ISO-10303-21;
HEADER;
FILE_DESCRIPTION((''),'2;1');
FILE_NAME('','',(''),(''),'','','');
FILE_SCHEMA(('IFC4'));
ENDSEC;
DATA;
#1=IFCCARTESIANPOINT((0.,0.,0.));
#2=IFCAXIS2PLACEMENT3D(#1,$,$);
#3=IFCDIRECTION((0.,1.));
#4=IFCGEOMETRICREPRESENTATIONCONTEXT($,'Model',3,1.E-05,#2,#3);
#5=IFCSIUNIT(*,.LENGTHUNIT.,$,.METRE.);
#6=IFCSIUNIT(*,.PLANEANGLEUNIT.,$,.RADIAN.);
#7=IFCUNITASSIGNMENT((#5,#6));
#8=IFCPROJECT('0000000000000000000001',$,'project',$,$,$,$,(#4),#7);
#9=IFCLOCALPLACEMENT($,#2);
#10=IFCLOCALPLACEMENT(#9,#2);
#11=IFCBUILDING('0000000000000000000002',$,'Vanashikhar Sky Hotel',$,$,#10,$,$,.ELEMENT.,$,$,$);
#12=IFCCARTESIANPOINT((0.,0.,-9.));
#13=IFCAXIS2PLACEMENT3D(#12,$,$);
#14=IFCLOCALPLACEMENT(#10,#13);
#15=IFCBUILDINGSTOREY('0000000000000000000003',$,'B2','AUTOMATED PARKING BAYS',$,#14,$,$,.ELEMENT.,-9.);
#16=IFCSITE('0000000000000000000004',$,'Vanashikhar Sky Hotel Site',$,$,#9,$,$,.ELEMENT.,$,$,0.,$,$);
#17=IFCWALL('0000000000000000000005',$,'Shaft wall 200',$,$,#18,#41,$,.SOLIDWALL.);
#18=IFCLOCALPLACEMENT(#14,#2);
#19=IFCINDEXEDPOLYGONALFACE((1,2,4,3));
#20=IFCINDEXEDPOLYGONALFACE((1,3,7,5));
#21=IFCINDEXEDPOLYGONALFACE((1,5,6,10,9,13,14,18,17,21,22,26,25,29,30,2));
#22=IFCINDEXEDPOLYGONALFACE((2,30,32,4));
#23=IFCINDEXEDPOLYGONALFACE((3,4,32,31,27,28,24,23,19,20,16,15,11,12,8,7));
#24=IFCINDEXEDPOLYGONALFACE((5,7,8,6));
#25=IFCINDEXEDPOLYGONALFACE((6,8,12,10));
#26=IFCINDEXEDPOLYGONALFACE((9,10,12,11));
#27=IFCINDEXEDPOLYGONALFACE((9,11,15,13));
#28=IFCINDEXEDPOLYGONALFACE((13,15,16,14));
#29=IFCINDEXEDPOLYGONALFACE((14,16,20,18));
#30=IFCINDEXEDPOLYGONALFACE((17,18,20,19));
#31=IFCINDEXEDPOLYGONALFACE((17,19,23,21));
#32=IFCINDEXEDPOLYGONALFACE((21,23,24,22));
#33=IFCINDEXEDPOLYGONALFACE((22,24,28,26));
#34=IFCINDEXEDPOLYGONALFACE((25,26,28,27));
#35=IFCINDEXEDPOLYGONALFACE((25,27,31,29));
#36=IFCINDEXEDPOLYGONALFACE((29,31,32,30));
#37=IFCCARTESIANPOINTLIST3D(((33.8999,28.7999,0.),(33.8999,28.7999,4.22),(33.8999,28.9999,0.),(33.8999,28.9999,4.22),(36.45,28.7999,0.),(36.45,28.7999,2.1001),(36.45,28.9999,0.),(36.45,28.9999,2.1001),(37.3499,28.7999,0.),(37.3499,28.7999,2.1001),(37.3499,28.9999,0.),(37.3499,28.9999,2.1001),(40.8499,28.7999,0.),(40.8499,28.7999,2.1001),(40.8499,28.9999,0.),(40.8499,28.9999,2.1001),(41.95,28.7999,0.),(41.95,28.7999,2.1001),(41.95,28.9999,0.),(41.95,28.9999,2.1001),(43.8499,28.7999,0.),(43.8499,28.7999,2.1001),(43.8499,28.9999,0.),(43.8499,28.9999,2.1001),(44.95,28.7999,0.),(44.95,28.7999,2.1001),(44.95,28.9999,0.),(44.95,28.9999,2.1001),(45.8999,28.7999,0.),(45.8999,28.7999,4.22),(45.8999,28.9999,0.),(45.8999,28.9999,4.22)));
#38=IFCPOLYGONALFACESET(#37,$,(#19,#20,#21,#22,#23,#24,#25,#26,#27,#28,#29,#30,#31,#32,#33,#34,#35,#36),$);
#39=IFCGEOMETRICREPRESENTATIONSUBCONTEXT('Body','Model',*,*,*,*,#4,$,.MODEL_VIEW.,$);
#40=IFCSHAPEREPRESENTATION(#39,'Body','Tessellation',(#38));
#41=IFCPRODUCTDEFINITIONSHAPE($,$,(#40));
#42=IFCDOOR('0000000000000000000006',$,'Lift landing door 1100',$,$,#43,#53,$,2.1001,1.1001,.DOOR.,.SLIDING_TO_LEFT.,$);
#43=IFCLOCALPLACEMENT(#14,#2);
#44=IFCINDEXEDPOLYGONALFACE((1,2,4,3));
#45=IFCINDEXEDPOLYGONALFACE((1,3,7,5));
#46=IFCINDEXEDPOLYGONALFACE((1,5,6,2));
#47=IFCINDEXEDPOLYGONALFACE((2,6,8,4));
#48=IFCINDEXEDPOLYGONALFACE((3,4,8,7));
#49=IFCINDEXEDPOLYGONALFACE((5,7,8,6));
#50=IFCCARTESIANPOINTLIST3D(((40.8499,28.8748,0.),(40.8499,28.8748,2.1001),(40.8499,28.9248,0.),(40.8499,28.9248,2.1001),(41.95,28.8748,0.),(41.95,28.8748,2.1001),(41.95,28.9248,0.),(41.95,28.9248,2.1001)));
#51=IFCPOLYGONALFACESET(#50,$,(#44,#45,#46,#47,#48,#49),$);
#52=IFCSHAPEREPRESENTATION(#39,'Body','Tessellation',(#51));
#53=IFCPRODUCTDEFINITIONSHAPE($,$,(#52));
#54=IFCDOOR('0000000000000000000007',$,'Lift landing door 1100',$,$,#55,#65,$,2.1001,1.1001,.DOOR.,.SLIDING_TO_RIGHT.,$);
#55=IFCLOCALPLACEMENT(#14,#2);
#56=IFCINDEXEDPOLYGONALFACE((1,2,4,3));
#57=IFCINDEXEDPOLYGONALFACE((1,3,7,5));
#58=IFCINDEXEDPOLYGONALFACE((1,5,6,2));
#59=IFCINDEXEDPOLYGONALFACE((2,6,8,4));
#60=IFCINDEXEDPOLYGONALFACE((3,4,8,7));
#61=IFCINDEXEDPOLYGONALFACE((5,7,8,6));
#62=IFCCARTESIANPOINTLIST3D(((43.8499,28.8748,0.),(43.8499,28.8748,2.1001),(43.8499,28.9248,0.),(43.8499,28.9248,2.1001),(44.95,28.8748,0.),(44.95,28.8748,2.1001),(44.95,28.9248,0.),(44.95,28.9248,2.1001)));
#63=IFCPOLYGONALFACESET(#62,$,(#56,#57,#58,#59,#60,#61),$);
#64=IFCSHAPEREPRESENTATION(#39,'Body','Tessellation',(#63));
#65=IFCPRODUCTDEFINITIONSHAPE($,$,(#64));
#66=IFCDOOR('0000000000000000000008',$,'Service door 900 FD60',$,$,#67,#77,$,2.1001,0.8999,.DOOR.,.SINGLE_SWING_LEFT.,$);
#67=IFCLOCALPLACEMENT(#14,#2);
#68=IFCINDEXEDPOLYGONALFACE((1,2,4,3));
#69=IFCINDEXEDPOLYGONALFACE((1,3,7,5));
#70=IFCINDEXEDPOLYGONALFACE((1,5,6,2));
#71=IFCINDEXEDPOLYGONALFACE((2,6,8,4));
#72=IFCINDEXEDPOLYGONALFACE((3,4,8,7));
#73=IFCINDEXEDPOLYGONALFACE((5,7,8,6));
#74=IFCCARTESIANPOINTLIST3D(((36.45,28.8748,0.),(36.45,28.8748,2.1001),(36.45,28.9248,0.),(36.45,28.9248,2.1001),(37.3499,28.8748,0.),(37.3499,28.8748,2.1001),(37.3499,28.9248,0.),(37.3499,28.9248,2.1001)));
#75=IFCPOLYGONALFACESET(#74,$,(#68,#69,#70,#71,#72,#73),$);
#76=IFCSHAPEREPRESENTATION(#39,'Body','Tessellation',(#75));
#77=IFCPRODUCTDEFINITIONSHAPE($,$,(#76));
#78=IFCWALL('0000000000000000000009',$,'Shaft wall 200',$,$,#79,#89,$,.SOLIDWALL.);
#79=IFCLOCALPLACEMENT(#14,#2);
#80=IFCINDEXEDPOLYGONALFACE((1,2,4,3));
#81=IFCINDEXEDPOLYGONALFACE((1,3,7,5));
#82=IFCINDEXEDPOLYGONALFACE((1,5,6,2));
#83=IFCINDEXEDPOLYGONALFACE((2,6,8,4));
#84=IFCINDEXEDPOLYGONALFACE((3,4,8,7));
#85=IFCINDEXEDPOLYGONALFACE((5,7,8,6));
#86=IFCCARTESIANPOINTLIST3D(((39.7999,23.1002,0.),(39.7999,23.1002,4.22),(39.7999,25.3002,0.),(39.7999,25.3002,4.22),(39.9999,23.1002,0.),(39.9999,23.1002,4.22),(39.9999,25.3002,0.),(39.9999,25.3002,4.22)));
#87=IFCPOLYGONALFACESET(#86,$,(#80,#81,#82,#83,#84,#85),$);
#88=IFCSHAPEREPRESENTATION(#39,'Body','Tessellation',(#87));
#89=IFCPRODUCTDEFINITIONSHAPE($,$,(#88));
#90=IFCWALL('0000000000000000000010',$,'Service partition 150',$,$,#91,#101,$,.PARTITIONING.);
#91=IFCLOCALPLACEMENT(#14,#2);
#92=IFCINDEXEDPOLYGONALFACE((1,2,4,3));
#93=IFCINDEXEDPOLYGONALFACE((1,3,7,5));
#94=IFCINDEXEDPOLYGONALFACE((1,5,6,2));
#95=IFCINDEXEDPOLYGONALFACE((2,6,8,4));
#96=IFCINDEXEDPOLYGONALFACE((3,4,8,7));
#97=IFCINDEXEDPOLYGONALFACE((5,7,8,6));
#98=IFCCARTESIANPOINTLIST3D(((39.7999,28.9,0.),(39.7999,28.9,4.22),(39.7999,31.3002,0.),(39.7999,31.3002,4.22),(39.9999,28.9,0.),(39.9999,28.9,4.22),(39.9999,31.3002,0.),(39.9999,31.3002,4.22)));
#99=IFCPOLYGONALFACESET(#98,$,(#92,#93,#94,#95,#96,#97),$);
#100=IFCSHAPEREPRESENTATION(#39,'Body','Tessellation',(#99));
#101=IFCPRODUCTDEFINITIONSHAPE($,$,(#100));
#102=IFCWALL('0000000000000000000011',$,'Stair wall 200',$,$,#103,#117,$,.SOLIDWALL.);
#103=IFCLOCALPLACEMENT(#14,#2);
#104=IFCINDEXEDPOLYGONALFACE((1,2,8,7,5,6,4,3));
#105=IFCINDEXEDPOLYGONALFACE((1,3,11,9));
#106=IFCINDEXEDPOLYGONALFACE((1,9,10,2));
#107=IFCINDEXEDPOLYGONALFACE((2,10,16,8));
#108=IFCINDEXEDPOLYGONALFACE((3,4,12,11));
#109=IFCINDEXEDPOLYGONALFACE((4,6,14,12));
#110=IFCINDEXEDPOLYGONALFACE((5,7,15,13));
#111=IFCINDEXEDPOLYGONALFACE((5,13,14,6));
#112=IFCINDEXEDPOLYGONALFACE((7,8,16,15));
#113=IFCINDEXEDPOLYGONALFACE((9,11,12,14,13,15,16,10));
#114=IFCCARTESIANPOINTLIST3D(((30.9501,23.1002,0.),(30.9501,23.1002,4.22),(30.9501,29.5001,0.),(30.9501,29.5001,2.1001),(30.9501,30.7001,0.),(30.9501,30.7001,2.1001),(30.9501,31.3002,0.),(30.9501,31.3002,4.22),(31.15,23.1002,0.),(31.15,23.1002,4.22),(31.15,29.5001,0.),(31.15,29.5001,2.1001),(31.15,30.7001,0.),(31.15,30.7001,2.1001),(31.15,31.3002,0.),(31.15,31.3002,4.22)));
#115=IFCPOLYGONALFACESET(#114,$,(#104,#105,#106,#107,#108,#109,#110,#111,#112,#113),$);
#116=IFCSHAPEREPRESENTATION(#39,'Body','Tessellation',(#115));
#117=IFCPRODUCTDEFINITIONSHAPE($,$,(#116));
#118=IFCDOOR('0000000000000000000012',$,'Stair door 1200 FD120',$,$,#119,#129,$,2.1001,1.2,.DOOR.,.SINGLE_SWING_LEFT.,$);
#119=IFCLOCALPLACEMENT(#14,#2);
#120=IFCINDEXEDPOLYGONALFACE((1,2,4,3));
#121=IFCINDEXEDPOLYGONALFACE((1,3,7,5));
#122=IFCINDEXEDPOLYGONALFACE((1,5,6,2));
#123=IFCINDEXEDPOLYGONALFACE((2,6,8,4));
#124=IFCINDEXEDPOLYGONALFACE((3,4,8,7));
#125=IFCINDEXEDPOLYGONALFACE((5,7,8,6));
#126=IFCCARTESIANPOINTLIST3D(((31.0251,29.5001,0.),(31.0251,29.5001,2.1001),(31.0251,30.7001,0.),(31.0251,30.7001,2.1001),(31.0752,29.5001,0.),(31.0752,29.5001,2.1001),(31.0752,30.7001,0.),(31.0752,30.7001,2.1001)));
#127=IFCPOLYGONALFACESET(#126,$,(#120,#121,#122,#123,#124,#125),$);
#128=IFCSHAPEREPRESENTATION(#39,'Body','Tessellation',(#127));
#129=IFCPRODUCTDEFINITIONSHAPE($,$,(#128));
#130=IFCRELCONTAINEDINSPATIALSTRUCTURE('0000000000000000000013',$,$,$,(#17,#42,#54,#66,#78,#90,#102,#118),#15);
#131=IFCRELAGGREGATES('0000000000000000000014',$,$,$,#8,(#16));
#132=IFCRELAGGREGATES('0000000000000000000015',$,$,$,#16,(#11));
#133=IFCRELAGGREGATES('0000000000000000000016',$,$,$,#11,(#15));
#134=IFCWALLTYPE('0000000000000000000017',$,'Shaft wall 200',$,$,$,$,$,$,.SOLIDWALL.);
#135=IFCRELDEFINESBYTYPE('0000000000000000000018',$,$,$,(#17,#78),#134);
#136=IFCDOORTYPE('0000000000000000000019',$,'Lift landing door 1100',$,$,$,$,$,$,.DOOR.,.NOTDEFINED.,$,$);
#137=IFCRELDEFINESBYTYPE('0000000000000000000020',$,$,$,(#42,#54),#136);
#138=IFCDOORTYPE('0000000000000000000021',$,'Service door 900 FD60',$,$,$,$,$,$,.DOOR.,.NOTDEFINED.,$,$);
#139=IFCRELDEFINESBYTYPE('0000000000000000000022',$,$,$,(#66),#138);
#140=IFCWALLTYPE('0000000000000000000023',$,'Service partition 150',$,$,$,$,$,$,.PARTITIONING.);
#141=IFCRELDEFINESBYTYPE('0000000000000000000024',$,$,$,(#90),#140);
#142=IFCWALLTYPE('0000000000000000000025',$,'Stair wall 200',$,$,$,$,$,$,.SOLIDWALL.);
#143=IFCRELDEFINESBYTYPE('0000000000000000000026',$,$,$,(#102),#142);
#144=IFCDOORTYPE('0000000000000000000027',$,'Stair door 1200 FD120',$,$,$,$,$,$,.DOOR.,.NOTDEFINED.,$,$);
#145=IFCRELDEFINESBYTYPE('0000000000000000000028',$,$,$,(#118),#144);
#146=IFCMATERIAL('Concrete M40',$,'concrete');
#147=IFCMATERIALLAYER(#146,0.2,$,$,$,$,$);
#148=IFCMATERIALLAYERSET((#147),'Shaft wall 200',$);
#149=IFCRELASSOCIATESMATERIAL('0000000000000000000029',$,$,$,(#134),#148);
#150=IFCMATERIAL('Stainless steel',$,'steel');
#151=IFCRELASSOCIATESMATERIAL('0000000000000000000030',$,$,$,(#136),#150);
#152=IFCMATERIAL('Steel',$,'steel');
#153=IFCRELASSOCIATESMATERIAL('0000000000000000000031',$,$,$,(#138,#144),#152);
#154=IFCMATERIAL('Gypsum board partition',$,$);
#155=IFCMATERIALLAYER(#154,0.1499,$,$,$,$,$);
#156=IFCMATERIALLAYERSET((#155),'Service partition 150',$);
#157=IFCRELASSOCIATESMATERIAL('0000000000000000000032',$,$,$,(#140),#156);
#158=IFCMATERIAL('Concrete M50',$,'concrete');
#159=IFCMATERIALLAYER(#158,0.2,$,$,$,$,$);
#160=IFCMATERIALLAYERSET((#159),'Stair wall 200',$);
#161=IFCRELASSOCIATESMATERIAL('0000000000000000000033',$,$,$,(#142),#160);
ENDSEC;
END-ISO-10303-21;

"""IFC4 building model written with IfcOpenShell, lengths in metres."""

from ifc_helpers import new_model, si_unit, direction, frame, frame_2d, origin, place, context, subcontext, project, spatial, rectangle, extrude, source, transform, mapped, material, layer, layer_set, type_object, element, fill, save


model = new_model("IFC4")

# Units and contexts
model_context = context("Model", 3, precision=1e-05, world=origin(), true_north=direction((0.0, 1.0)))
body_context = subcontext(model_context, "Body", "Model", "MODEL_VIEW")
ifc_project = project(units=[si_unit("LENGTHUNIT", "METRE"), si_unit("PLANEANGLEUNIT", "RADIAN")], contexts=[model_context])

# Site, building, storey
site_placement = place(None, origin())
site = spatial("IfcSite", under=ifc_project, at=site_placement, Name="Vanashikhar Sky Hotel Site", CompositionType="ELEMENT", RefElevation=0.0)
building_placement = place(site_placement, origin())
building = spatial("IfcBuilding", under=site, at=building_placement, Name="Vanashikhar Sky Hotel", CompositionType="ELEMENT")
storey_placement = place(building_placement, frame((0.0, 0.0, -9.0)))
storey = spatial("IfcBuildingStorey", under=building, at=storey_placement, Name="B2", Description="AUTOMATED PARKING BAYS", CompositionType="ELEMENT", Elevation=-9.0)

# Shared definitions
ifc_material_1 = material(Name="Steel", Category="steel")
shared_shape_1 = source(origin(), body_context, "Body", "SweptSolid", [
    extrude(rectangle(XDim=1.1001, YDim=2.1001, at=frame_2d((0.55, 1.05))), frame((0.0, 0.0249, 0.0), z_axis=(0.0, -1.0, 0.0), x_axis=(1.0, 0.0, 0.0)), (0.0, 0.0, 1.0), 0.05),
])

# Wall, openings, doors
ifc_material_2 = material(Name="Concrete M40", Category="concrete")
ifc_layer_1 = layer(ifc_material_2, 0.2)
ifc_layer_set_1 = layer_set([ifc_layer_1], Name="Shaft wall 200")
wall_type_1 = type_object("IfcWallType", Name="Shaft wall 200", PredefinedType="SOLIDWALL", material=ifc_layer_set_1)
shared_shape_2 = source(origin(), body_context, "Body", "SweptSolid", [
    extrude(rectangle(XDim=1.1001, YDim=2.1001, at=frame_2d((0.55, 1.05))), frame((0.0, 0.1099, 0.0), z_axis=(0.0, -1.0, 0.0), x_axis=(1.0, 0.0, 0.0)), (0.0, 0.0, 1.0), 0.22),
])
ifc_material_3 = material(Name="Stainless steel", Category="steel")
door_type_1 = type_object("IfcDoorType", Name="Lift landing door 1100", OperationType="NOTDEFINED", PredefinedType="DOOR", material=ifc_material_3)
shared_shape_3 = source(origin(), body_context, "Body", "SweptSolid", [
    extrude(rectangle(XDim=12.0, YDim=0.2, at=frame_2d((6.0, 0.0))), origin(), (0.0, 0.0, 1.0), 4.22),
])
wall_1_placement = place(storey_placement, frame((33.8999, 28.8999, 0.0), z_axis=(0.0, 0.0, 1.0), x_axis=(1.0, 0.0, 0.0)))
wall_1 = element("IfcWall", 1, at=wall_1_placement, inside=storey, type_object=wall_type_1, Name="Shaft wall 200", PredefinedType="SOLIDWALL", context=body_context, shape_type="MappedRepresentation", body=[
    mapped(shared_shape_3, transform((0.0, 0.0, 0.0), scale=1.0)),
])
opening_1_placement = place(wall_1_placement, frame((6.95, 0.0, 0.0)))
opening_1 = element("IfcOpeningElement", 2, at=opening_1_placement, cuts=wall_1, PredefinedType="OPENING", context=body_context, shape_type="MappedRepresentation", body=[
    mapped(shared_shape_2, transform((0.0, 0.0, 0.0), scale=1.0)),
])
opening_2_placement = place(wall_1_placement, frame((9.95, 0.0, 0.0)))
opening_2 = element("IfcOpeningElement", 3, at=opening_2_placement, cuts=wall_1, PredefinedType="OPENING", context=body_context, shape_type="MappedRepresentation", body=[
    mapped(shared_shape_2, transform((0.0, 0.0, 0.0), scale=1.0)),
])
shared_shape_4 = source(origin(), body_context, "Body", "SweptSolid", [
    extrude(rectangle(XDim=0.8999, YDim=2.1001, at=frame_2d((0.45, 1.05))), frame((0.0, 0.1099, 0.0), z_axis=(0.0, -1.0, 0.0), x_axis=(1.0, 0.0, 0.0)), (0.0, 0.0, 1.0), 0.22),
])
opening_3_placement = place(wall_1_placement, frame((2.55, 0.0, 0.0)))
opening_3 = element("IfcOpeningElement", 4, at=opening_3_placement, cuts=wall_1, PredefinedType="OPENING", context=body_context, shape_type="MappedRepresentation", body=[
    mapped(shared_shape_4, transform((0.0, 0.0, 0.0), scale=1.0)),
])
door_1_placement = place(opening_1_placement, origin())
door_1 = element("IfcDoor", 5, at=door_1_placement, inside=storey, type_object=door_type_1, Name="Lift landing door 1100", OperationType="SLIDING_TO_LEFT", OverallHeight=2.1001, OverallWidth=1.1001, PredefinedType="DOOR", context=body_context, shape_type="MappedRepresentation", body=[
    mapped(shared_shape_1, transform((0.0, 0.0, 0.0), scale=1.0)),
])
fill(opening_1, door_1)
door_2_placement = place(opening_2_placement, origin())
door_2 = element("IfcDoor", 6, at=door_2_placement, inside=storey, type_object=door_type_1, Name="Lift landing door 1100", OperationType="SLIDING_TO_RIGHT", OverallHeight=2.1001, OverallWidth=1.1001, PredefinedType="DOOR", context=body_context, shape_type="MappedRepresentation", body=[
    mapped(shared_shape_1, transform((0.0, 0.0, 0.0), scale=1.0)),
])
fill(opening_2, door_2)
door_type_2 = type_object("IfcDoorType", Name="Service door 900 FD60", OperationType="NOTDEFINED", PredefinedType="DOOR", material=ifc_material_1)
shared_shape_5 = source(origin(), body_context, "Body", "SweptSolid", [
    extrude(rectangle(XDim=0.8999, YDim=2.1001, at=frame_2d((0.45, 1.05))), frame((0.0, 0.0249, 0.0), z_axis=(0.0, -1.0, 0.0), x_axis=(1.0, 0.0, 0.0)), (0.0, 0.0, 1.0), 0.05),
])
door_3_placement = place(opening_3_placement, origin())
door_3 = element("IfcDoor", 7, at=door_3_placement, inside=storey, type_object=door_type_2, Name="Service door 900 FD60", OperationType="SINGLE_SWING_LEFT", OverallHeight=2.1001, OverallWidth=0.8999, PredefinedType="DOOR", context=body_context, shape_type="MappedRepresentation", body=[
    mapped(shared_shape_5, transform((0.0, 0.0, 0.0), scale=1.0)),
])
fill(opening_3, door_3)

# Walls
shared_shape_6 = source(origin(), body_context, "Body", "SweptSolid", [
    extrude(rectangle(XDim=2.2, YDim=0.2, at=frame_2d((1.1001, 0.0))), origin(), (0.0, 0.0, 1.0), 4.22),
])
wall_2_placement = place(storey_placement, frame((39.8999, 23.1001, 0.0), z_axis=(0.0, 0.0, 1.0), x_axis=(0.0, 1.0, 0.0)))
element("IfcWall", 8, at=wall_2_placement, inside=storey, type_object=wall_type_1, Name="Shaft wall 200", PredefinedType="SOLIDWALL", context=body_context, shape_type="MappedRepresentation", body=[
    mapped(shared_shape_6, transform((0.0, 0.0, 0.0), scale=1.0)),
])
ifc_material_4 = material(Name="Gypsum board partition")
ifc_layer_2 = layer(ifc_material_4, 0.1499)
ifc_layer_set_2 = layer_set([ifc_layer_2], Name="Service partition 150")
wall_type_2 = type_object("IfcWallType", Name="Service partition 150", PredefinedType="PARTITIONING", material=ifc_layer_set_2)
shared_shape_7 = source(origin(), body_context, "Body", "SweptSolid", [
    extrude(rectangle(XDim=2.4001, YDim=0.2, at=frame_2d((1.2002, 0.0))), origin(), (0.0, 0.0, 1.0), 4.22),
])
wall_3_placement = place(storey_placement, frame((39.8999, 28.8999, 0.0), z_axis=(0.0, 0.0, 1.0), x_axis=(0.0, 1.0, 0.0)))
element("IfcWall", 9, at=wall_3_placement, inside=storey, type_object=wall_type_2, Name="Service partition 150", PredefinedType="PARTITIONING", context=body_context, shape_type="MappedRepresentation", body=[
    mapped(shared_shape_7, transform((0.0, 0.0, 0.0), scale=1.0)),
])

# Wall, opening, door
ifc_material_5 = material(Name="Concrete M50", Category="concrete")
ifc_layer_3 = layer(ifc_material_5, 0.2)
ifc_layer_set_3 = layer_set([ifc_layer_3], Name="Stair wall 200")
wall_type_3 = type_object("IfcWallType", Name="Stair wall 200", PredefinedType="SOLIDWALL", material=ifc_layer_set_3)
shared_shape_8 = source(origin(), body_context, "Body", "SweptSolid", [
    extrude(rectangle(XDim=8.2, YDim=0.2, at=frame_2d((4.1001, 0.0))), origin(), (0.0, 0.0, 1.0), 4.22),
])
wall_4_placement = place(storey_placement, frame((31.05, 23.1001, 0.0), z_axis=(0.0, 0.0, 1.0), x_axis=(0.0, 1.0, 0.0)))
wall_4 = element("IfcWall", 10, at=wall_4_placement, inside=storey, type_object=wall_type_3, Name="Stair wall 200", PredefinedType="SOLIDWALL", context=body_context, shape_type="MappedRepresentation", body=[
    mapped(shared_shape_8, transform((0.0, 0.0, 0.0), scale=1.0)),
])
shared_shape_9 = source(origin(), body_context, "Body", "SweptSolid", [
    extrude(rectangle(XDim=1.2, YDim=2.1001, at=frame_2d((0.6001, 1.05))), frame((0.0, 0.1099, 0.0), z_axis=(0.0, -1.0, 0.0), x_axis=(1.0, 0.0, 0.0)), (0.0, 0.0, 1.0), 0.22),
])
opening_4_placement = place(wall_4_placement, frame((6.3999, 0.0, 0.0)))
opening_4 = element("IfcOpeningElement", 11, at=opening_4_placement, cuts=wall_4, PredefinedType="OPENING", context=body_context, shape_type="MappedRepresentation", body=[
    mapped(shared_shape_9, transform((0.0, 0.0, 0.0), scale=1.0)),
])
door_type_3 = type_object("IfcDoorType", Name="Stair door 1200 FD120", OperationType="NOTDEFINED", PredefinedType="DOOR", material=ifc_material_1)
shared_shape_10 = source(origin(), body_context, "Body", "SweptSolid", [
    extrude(rectangle(XDim=1.2, YDim=2.1001, at=frame_2d((0.6001, 1.05))), frame((0.0, 0.0249, 0.0), z_axis=(0.0, -1.0, 0.0), x_axis=(1.0, 0.0, 0.0)), (0.0, 0.0, 1.0), 0.05),
])
door_4_placement = place(opening_4_placement, origin())
door_4 = element("IfcDoor", 12, at=door_4_placement, inside=storey, type_object=door_type_3, Name="Stair door 1200 FD120", OperationType="SINGLE_SWING_LEFT", OverallHeight=2.1001, OverallWidth=1.2, PredefinedType="DOOR", context=body_context, shape_type="MappedRepresentation", body=[
    mapped(shared_shape_10, transform((0.0, 0.0, 0.0), scale=1.0)),
])
fill(opening_4, door_4)

save(model, "model.ifc")
